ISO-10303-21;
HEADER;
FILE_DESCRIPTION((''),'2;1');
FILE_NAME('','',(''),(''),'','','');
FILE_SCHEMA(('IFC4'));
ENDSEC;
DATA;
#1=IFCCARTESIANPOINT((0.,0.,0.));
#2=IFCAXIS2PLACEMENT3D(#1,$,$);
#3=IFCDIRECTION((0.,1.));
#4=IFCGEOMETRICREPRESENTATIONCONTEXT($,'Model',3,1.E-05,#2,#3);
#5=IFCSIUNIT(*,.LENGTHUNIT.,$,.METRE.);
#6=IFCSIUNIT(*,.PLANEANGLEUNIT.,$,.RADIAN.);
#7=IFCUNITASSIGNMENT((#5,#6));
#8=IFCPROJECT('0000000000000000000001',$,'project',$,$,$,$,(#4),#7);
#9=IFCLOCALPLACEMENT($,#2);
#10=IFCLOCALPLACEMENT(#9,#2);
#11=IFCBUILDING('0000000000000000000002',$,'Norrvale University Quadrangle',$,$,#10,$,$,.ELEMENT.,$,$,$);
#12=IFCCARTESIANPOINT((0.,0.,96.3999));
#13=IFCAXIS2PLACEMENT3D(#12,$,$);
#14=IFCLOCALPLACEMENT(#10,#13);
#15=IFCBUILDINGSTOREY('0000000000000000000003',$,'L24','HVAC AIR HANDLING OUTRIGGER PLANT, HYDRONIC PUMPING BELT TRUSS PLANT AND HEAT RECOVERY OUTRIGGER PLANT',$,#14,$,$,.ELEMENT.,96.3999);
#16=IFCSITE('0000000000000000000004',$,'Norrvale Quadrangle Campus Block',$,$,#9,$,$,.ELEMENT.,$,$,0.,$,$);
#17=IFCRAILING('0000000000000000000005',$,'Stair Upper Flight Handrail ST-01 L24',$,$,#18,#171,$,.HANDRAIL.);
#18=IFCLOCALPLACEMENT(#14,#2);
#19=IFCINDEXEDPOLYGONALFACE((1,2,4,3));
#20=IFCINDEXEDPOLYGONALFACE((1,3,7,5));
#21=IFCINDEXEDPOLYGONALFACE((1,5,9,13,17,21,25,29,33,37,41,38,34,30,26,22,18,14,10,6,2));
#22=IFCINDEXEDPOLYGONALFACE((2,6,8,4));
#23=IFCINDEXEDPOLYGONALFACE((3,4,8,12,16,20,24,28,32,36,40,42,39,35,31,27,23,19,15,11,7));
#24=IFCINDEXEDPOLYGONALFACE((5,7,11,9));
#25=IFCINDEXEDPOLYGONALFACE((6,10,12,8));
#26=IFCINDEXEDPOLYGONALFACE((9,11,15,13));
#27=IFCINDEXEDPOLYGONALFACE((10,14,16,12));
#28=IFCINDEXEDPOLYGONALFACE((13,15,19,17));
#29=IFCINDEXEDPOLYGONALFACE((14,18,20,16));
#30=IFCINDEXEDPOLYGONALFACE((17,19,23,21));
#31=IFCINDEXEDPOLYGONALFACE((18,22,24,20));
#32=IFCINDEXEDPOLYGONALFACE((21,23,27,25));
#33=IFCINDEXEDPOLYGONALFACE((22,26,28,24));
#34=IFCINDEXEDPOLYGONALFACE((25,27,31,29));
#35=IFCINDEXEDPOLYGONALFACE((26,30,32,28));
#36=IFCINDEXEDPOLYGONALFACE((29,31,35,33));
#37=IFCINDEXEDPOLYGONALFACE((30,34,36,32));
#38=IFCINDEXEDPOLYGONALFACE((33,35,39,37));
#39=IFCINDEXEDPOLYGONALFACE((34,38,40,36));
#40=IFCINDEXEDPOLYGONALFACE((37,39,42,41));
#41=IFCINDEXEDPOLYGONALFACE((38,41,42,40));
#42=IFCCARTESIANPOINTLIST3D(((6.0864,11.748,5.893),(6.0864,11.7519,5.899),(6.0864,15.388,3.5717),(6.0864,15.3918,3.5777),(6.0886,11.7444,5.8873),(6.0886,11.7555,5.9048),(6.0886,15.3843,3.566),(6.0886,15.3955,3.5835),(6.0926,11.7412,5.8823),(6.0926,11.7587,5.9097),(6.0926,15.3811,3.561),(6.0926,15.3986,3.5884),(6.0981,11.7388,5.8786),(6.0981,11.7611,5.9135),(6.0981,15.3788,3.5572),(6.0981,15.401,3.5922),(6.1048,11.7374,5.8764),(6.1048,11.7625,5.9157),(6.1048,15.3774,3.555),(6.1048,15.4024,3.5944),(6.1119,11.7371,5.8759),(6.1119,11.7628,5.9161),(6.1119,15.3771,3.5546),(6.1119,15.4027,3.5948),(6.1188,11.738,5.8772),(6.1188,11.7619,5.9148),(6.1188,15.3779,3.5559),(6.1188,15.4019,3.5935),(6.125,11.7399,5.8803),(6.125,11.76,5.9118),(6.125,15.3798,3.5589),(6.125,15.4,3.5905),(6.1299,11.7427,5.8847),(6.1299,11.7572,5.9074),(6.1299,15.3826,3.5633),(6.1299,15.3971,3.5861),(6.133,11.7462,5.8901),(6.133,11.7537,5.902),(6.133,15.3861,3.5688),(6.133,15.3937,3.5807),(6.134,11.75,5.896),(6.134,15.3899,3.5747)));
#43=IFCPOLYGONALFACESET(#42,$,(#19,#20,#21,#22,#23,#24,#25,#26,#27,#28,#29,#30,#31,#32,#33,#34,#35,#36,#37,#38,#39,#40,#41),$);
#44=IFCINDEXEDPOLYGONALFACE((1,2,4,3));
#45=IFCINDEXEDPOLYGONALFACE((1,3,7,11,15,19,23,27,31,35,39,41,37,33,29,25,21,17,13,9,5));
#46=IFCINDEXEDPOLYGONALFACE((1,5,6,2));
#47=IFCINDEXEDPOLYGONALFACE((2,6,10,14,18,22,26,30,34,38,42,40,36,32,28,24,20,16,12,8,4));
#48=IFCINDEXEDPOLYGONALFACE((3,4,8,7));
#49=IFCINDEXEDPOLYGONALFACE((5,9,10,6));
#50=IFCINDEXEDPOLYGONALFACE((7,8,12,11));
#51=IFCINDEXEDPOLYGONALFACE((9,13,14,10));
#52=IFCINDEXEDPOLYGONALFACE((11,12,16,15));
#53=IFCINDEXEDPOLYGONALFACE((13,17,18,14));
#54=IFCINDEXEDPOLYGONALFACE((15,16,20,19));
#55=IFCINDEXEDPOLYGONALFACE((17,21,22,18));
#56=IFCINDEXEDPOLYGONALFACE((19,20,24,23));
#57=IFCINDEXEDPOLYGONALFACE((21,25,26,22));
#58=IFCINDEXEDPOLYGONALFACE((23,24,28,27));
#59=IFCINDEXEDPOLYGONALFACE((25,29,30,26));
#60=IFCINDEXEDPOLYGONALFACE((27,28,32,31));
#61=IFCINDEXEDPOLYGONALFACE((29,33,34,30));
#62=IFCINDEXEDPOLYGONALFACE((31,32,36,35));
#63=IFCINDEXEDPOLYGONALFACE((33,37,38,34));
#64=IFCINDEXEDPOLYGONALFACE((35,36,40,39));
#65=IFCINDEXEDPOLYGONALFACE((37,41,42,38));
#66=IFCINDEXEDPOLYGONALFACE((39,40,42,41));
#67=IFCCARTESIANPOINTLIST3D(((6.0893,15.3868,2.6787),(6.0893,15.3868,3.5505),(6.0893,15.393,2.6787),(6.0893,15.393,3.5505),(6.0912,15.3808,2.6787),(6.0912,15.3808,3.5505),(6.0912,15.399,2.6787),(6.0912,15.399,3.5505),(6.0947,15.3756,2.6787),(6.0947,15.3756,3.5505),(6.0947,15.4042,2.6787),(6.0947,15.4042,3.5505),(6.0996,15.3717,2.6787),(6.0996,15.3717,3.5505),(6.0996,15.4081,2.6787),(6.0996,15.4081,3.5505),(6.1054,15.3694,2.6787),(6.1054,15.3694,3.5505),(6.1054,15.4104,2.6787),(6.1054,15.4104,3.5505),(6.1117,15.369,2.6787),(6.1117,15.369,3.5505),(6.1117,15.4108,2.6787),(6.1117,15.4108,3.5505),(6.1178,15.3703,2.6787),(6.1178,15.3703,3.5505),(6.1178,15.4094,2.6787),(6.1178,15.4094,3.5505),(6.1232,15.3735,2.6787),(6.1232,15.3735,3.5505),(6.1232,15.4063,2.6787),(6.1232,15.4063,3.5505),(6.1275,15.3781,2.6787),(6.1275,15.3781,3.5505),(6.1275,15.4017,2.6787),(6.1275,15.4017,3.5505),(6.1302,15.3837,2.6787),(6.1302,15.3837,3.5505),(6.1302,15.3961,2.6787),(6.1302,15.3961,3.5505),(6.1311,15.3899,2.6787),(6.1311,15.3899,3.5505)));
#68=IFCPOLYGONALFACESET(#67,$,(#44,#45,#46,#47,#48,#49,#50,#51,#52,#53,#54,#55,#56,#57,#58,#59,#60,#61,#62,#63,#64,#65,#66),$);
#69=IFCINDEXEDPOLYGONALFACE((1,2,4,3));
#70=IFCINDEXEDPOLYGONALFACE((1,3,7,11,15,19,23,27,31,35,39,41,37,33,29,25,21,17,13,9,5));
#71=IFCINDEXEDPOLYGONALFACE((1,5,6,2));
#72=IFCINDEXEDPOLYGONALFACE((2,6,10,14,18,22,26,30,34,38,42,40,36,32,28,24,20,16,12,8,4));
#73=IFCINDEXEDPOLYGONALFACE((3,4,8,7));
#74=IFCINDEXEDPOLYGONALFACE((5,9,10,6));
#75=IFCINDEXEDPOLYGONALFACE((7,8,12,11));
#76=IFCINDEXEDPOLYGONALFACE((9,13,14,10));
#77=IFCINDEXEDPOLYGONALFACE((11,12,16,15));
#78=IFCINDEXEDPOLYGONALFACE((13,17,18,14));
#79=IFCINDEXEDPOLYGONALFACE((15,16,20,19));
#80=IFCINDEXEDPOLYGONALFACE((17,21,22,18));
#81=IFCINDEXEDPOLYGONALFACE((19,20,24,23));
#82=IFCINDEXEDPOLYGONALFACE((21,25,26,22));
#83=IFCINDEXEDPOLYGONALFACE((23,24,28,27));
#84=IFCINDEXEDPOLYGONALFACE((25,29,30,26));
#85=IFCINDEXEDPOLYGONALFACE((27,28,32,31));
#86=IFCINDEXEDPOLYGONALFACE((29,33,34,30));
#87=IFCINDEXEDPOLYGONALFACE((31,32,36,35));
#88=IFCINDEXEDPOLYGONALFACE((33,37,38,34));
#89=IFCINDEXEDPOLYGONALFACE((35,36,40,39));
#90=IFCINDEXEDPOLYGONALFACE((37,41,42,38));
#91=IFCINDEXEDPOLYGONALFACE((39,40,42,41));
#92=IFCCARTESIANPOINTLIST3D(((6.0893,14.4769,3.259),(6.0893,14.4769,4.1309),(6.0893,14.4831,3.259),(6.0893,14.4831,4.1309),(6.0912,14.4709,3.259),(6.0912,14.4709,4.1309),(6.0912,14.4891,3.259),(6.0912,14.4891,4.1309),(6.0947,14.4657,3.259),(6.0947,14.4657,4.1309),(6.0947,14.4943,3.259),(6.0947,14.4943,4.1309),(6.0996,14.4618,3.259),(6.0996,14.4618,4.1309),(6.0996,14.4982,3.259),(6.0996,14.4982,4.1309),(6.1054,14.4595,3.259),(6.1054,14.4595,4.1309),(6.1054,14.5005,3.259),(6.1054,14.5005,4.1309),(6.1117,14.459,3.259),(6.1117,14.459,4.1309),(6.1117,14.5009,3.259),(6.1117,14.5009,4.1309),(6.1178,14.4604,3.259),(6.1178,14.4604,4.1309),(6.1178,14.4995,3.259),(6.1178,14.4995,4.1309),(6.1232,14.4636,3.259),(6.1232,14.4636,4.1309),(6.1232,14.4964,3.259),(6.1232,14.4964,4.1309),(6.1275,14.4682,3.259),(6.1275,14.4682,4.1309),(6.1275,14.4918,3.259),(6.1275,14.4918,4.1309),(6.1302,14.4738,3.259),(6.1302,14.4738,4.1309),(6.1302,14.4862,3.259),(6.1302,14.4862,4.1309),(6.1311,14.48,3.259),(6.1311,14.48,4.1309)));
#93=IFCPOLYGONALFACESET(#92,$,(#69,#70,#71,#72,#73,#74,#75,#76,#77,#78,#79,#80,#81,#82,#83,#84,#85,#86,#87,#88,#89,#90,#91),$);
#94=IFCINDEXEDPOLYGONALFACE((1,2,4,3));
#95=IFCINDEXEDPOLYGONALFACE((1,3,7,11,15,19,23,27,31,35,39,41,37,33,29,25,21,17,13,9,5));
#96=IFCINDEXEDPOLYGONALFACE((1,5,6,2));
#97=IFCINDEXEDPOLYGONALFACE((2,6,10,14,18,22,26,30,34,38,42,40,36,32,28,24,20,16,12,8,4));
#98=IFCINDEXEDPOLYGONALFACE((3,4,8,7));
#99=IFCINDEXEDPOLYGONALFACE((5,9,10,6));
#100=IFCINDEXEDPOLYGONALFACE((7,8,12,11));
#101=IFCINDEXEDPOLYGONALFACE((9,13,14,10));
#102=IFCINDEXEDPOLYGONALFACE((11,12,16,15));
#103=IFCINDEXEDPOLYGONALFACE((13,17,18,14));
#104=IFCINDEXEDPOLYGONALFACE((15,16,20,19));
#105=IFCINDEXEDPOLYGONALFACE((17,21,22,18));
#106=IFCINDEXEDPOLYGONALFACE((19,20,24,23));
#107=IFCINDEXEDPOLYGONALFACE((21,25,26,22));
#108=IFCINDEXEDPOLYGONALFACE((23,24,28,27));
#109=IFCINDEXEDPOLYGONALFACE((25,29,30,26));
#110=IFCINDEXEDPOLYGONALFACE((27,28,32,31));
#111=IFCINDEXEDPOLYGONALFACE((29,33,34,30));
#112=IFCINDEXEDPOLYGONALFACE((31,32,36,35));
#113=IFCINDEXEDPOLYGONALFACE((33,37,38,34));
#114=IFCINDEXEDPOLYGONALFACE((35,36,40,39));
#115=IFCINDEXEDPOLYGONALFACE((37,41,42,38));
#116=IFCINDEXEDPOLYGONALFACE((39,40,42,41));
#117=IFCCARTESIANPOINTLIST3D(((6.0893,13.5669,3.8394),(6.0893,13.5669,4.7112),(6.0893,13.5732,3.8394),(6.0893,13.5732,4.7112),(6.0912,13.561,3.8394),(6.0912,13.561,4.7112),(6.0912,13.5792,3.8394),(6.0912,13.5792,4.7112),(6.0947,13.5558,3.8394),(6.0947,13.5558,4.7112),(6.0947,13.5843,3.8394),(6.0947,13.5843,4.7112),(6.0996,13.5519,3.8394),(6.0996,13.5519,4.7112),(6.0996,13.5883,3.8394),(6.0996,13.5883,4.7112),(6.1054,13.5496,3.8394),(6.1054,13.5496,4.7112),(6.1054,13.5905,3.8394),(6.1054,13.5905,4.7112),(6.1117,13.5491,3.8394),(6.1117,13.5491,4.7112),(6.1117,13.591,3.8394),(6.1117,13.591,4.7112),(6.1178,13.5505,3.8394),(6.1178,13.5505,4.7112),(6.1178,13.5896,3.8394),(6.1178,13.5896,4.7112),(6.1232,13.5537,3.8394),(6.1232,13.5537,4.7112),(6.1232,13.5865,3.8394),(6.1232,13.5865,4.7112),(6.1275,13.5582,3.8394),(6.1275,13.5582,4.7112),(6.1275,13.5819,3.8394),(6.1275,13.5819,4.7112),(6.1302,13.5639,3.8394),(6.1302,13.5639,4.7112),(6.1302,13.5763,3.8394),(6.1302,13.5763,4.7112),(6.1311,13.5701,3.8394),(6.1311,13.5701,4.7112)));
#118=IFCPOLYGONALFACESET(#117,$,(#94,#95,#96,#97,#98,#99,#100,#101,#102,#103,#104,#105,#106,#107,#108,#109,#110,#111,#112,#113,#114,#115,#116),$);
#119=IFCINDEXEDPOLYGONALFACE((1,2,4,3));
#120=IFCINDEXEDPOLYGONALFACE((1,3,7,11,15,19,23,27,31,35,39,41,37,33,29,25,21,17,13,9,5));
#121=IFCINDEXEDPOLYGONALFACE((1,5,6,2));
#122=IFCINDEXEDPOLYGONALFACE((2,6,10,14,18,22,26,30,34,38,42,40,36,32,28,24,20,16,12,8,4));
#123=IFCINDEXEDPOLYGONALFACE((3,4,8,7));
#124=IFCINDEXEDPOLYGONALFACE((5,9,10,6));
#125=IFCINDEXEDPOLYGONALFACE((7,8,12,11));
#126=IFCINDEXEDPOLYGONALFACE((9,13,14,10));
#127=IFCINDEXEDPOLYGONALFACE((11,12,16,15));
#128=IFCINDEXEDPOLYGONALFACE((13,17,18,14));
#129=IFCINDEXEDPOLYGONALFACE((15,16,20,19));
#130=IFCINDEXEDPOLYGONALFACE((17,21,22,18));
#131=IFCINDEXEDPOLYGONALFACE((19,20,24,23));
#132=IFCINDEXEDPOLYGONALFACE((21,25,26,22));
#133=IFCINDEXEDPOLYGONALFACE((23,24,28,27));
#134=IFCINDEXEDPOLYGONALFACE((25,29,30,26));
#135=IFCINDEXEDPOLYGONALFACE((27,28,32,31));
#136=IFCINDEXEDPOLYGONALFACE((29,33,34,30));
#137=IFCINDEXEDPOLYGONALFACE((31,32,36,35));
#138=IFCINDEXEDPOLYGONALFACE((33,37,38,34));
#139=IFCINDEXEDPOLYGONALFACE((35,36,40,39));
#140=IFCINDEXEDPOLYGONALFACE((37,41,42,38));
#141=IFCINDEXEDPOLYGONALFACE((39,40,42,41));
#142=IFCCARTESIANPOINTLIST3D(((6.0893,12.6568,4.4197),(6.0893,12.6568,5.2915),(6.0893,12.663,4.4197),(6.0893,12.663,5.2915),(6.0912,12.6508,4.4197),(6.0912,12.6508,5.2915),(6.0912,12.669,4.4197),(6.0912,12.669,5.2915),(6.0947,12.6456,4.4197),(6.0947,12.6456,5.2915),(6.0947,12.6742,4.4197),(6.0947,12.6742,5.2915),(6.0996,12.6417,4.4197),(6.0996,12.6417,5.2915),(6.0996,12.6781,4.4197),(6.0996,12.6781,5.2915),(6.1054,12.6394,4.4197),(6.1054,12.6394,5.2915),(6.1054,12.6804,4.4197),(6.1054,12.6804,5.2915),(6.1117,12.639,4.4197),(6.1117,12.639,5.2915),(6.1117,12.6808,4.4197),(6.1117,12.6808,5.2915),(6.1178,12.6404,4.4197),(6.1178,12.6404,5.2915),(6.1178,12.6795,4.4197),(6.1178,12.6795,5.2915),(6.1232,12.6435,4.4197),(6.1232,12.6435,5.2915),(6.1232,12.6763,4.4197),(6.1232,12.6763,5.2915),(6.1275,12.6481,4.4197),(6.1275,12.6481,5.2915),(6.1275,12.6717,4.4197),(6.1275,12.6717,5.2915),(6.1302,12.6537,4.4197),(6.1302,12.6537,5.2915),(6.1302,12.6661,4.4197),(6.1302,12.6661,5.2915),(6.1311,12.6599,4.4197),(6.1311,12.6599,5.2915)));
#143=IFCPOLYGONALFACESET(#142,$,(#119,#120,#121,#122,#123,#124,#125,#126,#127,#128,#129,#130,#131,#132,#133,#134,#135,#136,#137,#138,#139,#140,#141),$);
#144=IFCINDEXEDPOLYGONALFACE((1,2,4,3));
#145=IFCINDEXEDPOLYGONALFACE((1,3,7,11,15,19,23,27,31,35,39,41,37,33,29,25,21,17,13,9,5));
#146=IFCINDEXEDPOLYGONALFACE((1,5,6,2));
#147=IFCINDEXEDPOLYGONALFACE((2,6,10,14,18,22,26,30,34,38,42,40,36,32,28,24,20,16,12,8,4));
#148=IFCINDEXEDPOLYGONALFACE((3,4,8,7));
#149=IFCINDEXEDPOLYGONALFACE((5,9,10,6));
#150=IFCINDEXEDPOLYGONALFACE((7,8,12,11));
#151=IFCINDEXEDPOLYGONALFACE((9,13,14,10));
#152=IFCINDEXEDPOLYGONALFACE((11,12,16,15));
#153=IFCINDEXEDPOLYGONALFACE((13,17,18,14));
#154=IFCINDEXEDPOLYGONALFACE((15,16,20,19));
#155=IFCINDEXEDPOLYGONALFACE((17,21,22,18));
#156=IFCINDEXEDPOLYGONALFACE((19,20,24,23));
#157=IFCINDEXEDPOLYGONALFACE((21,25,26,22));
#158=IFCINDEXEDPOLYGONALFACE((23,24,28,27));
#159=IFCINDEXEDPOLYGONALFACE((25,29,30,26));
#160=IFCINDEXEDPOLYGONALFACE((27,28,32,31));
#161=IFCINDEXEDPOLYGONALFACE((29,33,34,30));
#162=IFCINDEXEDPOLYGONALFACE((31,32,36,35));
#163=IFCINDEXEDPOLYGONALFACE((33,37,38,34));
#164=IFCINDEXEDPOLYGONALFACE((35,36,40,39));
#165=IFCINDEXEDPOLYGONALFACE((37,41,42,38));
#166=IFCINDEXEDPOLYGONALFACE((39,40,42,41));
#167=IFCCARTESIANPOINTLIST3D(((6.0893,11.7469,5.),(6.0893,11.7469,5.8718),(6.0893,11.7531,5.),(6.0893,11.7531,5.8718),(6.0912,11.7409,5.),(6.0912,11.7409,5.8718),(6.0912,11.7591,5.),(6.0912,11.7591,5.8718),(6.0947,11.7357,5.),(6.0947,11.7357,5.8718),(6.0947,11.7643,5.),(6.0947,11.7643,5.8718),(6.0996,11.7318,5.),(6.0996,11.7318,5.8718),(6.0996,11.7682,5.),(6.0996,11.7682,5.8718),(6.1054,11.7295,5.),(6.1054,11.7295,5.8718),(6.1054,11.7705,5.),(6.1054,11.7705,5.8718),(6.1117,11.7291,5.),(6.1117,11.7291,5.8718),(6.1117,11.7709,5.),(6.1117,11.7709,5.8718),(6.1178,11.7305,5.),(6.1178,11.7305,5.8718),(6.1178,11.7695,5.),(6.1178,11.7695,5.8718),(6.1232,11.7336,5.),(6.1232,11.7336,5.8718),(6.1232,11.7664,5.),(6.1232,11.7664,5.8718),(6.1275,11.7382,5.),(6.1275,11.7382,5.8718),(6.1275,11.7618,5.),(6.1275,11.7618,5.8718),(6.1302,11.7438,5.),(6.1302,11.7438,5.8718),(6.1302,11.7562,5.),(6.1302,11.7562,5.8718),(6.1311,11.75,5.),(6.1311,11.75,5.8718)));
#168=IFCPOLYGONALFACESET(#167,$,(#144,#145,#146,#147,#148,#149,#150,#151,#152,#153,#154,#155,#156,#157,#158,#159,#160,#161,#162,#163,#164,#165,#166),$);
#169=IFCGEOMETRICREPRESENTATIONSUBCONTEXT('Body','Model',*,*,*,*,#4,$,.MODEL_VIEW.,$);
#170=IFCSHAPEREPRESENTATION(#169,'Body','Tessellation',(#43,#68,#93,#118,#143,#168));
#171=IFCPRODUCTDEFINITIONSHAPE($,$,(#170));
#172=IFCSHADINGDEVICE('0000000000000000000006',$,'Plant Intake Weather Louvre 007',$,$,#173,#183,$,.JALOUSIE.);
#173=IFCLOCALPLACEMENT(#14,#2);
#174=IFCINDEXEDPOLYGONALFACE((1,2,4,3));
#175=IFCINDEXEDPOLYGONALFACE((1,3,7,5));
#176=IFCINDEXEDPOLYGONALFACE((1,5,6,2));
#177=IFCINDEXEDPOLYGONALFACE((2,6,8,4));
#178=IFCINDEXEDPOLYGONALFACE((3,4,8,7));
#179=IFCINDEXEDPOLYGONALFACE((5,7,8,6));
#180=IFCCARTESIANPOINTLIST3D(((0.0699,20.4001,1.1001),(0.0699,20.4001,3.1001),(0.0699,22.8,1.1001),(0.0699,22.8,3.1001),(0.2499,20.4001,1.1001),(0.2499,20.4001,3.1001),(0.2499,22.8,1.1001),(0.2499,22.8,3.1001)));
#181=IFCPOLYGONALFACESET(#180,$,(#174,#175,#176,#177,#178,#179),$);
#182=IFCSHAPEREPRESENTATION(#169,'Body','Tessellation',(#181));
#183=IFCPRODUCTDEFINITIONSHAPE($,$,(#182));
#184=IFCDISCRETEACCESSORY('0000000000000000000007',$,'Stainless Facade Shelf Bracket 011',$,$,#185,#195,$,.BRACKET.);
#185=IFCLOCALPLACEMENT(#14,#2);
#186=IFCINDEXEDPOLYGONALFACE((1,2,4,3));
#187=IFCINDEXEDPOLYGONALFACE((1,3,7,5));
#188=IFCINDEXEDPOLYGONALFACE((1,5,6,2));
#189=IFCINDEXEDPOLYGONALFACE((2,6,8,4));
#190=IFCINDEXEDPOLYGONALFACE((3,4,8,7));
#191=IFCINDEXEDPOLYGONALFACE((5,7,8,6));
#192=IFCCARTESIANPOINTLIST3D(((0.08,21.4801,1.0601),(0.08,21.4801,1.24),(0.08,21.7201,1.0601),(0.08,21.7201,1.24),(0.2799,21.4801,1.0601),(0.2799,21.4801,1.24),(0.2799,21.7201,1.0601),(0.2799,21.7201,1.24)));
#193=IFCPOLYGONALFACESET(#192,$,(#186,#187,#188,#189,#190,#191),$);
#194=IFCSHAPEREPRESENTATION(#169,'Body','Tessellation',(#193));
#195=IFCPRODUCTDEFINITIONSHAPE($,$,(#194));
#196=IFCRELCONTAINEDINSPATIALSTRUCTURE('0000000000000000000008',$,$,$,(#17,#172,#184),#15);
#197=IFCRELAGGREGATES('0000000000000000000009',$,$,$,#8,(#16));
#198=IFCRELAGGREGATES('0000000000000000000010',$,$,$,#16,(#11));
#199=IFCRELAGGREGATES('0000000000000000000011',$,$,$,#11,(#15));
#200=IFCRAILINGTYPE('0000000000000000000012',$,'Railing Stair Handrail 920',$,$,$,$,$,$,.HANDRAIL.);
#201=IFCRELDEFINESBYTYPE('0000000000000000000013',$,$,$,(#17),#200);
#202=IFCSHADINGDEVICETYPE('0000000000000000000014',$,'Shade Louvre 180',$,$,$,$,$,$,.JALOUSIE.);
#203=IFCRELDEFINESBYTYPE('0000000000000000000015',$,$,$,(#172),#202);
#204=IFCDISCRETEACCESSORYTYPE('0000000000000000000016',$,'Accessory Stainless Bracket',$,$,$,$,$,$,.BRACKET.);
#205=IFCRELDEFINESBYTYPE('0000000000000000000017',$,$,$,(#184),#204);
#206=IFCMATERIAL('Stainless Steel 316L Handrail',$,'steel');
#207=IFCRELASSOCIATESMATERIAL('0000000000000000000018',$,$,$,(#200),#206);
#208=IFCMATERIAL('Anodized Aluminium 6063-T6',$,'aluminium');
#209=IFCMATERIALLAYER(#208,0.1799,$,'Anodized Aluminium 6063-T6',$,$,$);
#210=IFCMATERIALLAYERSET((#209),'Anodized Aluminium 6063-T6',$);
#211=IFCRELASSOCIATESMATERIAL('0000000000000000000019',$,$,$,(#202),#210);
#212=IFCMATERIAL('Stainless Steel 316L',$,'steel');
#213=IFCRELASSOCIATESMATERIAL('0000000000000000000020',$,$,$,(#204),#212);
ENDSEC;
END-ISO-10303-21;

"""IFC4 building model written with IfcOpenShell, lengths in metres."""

from ifc_helpers import new_model, si_unit, direction, frame, origin, origin_2d, place, context, subcontext, project, spatial, rectangle, circle, extrude, material, layer, layer_set, type_object, element, save


model = new_model("IFC4")

# Units and contexts
model_context = context("Model", 3, precision=1e-05, world=origin(), true_north=direction((0.0, 1.0)))
body_context = subcontext(model_context, "Body", "Model", "MODEL_VIEW")
ifc_project = project(units=[si_unit("LENGTHUNIT", "METRE"), si_unit("PLANEANGLEUNIT", "RADIAN")], contexts=[model_context])

# Site, building, storey
site_placement = place(None, origin())
site = spatial("IfcSite", under=ifc_project, at=site_placement, Name="Norrvale Quadrangle Campus Block", CompositionType="ELEMENT", RefElevation=0.0)
building_placement = place(site_placement, origin())
building = spatial("IfcBuilding", under=site, at=building_placement, Name="Norrvale University Quadrangle", CompositionType="ELEMENT")
storey_placement = place(building_placement, frame((0.0, 0.0, 96.3999)))
storey = spatial("IfcBuildingStorey", under=building, at=storey_placement, Name="L24", Description="HVAC AIR HANDLING OUTRIGGER PLANT, HYDRONIC PUMPING BELT TRUSS PLANT AND HEAT RECOVERY OUTRIGGER PLANT", CompositionType="ELEMENT", Elevation=96.3999)

# Railing
ifc_material_1 = material(Name="Stainless Steel 316L Handrail", Category="steel")
railing_type_1 = type_object("IfcRailingType", Name="Railing Stair Handrail 920", PredefinedType="HANDRAIL", material=ifc_material_1)
railing_1_placement = place(storey_placement, frame((6.1101, 15.3899, 2.6787)))
element("IfcRailing", 1, at=railing_1_placement, inside=storey, type_object=railing_type_1, Name="Stair Upper Flight Handrail ST-01 L24", PredefinedType="HANDRAIL", context=body_context, shape_type="SweptSolid", body=[
    extrude(circle(Radius=0.0239, at=origin_2d()), frame((0.0, 0.0, 0.896), z_axis=(0.0, -0.843137, 0.537699), x_axis=(1.0, 0.0, 0.0)), (0.0, 0.0, 1.0), 4.3171),
    extrude(circle(Radius=0.021, at=origin_2d()), origin(), (0.0, 0.0, 1.0), 0.8718),
    extrude(circle(Radius=0.021, at=origin_2d()), frame((0.0, -0.9099, 0.5803)), (0.0, 0.0, 1.0), 0.8718),
    extrude(circle(Radius=0.021, at=origin_2d()), frame((0.0, -1.8198, 1.1606)), (0.0, 0.0, 1.0), 0.8718),
    extrude(circle(Radius=0.021, at=origin_2d()), frame((0.0, -2.73, 1.741)), (0.0, 0.0, 1.0), 0.8718),
    extrude(circle(Radius=0.021, at=origin_2d()), frame((0.0, -3.6399, 2.3213)), (0.0, 0.0, 1.0), 0.8718),
])

# Shading device
ifc_material_2 = material(Name="Anodized Aluminium 6063-T6", Category="aluminium")
ifc_layer_1 = layer(ifc_material_2, 0.1799, Name="Anodized Aluminium 6063-T6")
ifc_layer_set_1 = layer_set([ifc_layer_1], Name="Anodized Aluminium 6063-T6")
shading_device_type = type_object("IfcShadingDeviceType", Name="Shade Louvre 180", PredefinedType="JALOUSIE", material=ifc_layer_set_1)
shading_device_placement = place(storey_placement, frame((0.1599, 21.6001, 1.1001), z_axis=(0.0, 0.0, 1.0), x_axis=(0.0, -1.0, 0.0)))
element("IfcShadingDevice", 2, at=shading_device_placement, inside=storey, type_object=shading_device_type, Name="Plant Intake Weather Louvre 007", PredefinedType="JALOUSIE", context=body_context, shape_type="SweptSolid", body=[
    extrude(rectangle(XDim=2.3999, YDim=0.1799, at=origin_2d()), origin(), (0.0, 0.0, 1.0), 2.0),
])

# Discrete accessory
ifc_material_3 = material(Name="Stainless Steel 316L", Category="steel")
discrete_accessory_type = type_object("IfcDiscreteAccessoryType", Name="Accessory Stainless Bracket", PredefinedType="BRACKET", material=ifc_material_3)
discrete_accessory_placement = place(storey_placement, frame((0.1799, 21.6001, 1.0601), z_axis=(0.0, 0.0, 1.0), x_axis=(0.0, -1.0, 0.0)))
element("IfcDiscreteAccessory", 3, at=discrete_accessory_placement, inside=storey, type_object=discrete_accessory_type, Name="Stainless Facade Shelf Bracket 011", PredefinedType="BRACKET", context=body_context, shape_type="SweptSolid", body=[
    extrude(rectangle(XDim=0.24, YDim=0.2, at=origin_2d()), origin(), (0.0, 0.0, 1.0), 0.1799),
])

save(model, "model.ifc")
